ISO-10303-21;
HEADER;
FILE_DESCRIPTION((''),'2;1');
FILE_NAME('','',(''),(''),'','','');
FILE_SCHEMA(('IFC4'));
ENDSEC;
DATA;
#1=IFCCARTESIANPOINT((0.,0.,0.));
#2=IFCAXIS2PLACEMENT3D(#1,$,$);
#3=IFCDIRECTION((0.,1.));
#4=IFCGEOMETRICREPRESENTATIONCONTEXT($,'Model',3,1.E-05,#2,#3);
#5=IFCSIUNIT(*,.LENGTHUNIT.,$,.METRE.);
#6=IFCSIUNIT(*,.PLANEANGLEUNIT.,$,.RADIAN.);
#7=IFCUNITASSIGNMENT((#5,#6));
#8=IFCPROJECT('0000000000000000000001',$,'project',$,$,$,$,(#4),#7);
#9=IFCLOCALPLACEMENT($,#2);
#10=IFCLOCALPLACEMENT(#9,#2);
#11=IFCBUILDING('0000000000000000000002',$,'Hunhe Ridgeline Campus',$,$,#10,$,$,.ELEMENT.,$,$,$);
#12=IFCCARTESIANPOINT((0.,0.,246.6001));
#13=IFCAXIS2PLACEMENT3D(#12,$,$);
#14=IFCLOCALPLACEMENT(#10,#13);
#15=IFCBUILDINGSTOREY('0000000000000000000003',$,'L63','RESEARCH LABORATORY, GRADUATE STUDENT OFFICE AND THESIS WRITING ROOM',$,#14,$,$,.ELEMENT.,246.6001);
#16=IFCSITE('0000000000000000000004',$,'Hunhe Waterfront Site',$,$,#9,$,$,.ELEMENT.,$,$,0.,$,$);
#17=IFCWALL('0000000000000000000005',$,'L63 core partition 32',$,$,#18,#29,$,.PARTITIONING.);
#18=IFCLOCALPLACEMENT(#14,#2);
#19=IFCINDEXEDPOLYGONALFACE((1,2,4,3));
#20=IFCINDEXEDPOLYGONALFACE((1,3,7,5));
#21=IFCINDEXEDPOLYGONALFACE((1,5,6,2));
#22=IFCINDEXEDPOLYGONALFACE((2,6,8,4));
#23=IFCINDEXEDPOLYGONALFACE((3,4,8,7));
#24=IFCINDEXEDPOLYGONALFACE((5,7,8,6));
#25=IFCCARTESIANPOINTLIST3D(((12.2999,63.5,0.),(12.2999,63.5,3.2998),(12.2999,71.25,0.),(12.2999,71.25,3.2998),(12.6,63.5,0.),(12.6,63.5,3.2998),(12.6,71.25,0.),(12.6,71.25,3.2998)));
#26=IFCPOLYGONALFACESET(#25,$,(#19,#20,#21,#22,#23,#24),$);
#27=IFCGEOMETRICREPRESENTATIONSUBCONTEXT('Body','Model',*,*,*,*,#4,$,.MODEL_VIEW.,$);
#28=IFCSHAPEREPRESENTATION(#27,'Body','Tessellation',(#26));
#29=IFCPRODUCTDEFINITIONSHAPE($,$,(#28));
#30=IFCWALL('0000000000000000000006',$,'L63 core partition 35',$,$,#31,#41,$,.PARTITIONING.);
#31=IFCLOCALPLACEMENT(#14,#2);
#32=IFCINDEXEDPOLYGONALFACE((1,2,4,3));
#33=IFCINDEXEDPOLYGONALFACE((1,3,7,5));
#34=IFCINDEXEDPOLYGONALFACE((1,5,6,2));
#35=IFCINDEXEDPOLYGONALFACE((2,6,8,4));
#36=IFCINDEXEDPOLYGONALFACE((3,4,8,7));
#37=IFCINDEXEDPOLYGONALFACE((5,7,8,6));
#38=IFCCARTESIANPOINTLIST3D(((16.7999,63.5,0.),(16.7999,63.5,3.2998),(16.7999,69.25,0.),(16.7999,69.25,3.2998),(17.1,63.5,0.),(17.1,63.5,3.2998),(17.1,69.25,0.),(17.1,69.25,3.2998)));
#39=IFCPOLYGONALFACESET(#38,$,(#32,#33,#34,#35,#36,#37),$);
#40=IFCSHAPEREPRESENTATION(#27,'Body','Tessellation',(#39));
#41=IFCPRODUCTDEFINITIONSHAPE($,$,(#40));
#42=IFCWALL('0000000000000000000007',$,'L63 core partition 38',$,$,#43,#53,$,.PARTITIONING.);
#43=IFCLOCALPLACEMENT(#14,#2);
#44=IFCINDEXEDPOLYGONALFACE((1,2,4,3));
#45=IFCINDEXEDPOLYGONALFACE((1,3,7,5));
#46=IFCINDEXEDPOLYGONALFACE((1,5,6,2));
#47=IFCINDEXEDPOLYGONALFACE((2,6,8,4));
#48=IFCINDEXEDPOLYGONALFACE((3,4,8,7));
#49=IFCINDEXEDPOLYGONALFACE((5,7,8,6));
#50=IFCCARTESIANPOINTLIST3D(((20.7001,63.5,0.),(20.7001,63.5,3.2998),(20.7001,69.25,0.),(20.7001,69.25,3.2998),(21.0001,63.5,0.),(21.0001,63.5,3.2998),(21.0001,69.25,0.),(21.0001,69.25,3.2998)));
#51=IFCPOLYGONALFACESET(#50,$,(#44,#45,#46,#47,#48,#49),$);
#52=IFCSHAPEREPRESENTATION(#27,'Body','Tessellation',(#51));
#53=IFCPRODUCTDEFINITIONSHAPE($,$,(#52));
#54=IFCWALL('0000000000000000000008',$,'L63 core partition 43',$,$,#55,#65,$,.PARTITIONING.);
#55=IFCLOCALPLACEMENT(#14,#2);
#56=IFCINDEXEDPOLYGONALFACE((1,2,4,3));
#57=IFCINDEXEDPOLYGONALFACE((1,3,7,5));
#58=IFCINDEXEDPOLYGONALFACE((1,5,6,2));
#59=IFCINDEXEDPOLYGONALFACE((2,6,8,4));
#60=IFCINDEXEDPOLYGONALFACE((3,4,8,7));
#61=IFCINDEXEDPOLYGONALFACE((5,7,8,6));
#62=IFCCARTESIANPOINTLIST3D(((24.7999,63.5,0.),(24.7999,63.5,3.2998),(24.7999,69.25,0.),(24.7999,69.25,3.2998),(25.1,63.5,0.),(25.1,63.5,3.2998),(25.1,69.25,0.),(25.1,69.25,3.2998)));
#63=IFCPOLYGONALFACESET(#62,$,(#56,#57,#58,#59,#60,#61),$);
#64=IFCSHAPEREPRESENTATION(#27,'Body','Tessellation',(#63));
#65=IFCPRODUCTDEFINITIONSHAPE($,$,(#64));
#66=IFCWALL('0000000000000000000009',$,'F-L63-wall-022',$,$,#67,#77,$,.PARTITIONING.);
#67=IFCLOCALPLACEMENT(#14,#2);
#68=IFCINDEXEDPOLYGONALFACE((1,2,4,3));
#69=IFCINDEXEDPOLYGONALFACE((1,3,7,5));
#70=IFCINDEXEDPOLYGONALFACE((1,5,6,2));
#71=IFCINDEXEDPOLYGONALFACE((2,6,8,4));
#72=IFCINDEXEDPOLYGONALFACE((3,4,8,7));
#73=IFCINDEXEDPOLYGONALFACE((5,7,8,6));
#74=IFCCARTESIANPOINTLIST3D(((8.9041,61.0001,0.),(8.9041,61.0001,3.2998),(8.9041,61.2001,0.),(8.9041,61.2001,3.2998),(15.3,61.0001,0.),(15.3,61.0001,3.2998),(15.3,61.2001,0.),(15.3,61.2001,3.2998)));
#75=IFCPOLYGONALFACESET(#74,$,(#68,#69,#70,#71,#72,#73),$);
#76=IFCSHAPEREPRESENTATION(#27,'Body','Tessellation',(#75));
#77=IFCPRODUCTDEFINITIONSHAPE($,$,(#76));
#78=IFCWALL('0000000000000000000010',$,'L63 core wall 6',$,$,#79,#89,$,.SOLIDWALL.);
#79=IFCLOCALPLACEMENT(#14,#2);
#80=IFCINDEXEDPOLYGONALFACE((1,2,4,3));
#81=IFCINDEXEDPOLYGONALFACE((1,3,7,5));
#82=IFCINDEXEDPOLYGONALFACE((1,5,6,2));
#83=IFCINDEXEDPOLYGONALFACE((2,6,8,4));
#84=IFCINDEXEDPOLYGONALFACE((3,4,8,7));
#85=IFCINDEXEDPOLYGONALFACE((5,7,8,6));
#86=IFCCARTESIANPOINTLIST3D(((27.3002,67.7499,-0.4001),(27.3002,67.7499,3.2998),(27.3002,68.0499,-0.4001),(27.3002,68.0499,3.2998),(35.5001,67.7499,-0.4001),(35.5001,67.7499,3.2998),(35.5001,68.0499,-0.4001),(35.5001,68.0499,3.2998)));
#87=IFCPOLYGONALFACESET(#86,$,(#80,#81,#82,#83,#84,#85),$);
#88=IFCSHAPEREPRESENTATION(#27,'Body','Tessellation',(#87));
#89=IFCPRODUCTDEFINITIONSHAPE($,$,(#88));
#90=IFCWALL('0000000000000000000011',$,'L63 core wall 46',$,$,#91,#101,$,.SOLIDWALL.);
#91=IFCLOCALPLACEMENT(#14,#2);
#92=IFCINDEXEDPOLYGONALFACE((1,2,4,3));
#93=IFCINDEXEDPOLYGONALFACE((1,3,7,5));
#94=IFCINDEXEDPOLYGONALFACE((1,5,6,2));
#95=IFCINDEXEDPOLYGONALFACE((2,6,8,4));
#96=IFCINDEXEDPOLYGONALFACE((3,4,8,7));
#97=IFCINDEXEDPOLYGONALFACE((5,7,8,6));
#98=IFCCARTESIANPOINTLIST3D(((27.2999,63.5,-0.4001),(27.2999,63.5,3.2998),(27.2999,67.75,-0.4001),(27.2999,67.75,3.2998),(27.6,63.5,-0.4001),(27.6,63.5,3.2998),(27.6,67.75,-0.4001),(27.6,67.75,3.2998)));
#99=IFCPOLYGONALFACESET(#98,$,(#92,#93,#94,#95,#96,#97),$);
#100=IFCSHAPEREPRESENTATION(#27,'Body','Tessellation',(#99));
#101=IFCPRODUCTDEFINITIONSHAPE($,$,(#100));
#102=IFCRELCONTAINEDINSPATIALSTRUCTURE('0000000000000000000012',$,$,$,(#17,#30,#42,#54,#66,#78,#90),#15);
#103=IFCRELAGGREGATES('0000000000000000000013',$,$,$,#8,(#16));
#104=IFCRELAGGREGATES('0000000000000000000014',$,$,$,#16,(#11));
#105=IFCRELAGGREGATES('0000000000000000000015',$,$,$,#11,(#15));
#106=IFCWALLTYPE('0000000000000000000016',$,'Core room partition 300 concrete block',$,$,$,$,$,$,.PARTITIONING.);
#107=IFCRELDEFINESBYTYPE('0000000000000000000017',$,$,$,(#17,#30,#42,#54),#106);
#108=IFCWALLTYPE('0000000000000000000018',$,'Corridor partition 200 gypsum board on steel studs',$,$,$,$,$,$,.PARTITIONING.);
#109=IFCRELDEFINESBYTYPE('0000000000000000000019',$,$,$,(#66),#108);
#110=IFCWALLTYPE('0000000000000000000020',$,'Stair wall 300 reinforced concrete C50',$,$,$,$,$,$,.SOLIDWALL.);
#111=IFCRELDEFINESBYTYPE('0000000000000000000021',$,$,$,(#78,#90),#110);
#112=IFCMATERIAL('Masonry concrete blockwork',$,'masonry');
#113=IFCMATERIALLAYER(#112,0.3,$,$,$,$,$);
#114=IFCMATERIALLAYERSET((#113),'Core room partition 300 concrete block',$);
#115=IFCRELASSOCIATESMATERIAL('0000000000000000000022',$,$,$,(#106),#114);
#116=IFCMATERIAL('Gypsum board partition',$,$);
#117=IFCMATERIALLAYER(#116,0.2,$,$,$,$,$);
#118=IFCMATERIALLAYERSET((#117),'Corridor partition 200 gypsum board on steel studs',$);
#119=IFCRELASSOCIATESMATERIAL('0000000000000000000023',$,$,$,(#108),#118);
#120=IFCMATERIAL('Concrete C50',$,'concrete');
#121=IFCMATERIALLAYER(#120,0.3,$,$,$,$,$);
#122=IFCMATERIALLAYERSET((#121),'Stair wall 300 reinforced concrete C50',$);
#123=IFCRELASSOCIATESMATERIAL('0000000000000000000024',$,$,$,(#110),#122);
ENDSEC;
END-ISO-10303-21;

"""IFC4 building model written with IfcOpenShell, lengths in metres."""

from ifc_helpers import new_model, si_unit, direction, frame, frame_2d, origin, place, context, subcontext, project, spatial, rectangle, extrude, material, layer, layer_set, type_object, element, save


model = new_model("IFC4")

# Units and contexts
model_context = context("Model", 3, precision=1e-05, world=origin(), true_north=direction((0.0, 1.0)))
body_context = subcontext(model_context, "Body", "Model", "MODEL_VIEW")
ifc_project = project(units=[si_unit("LENGTHUNIT", "METRE"), si_unit("PLANEANGLEUNIT", "RADIAN")], contexts=[model_context])

# Site, building, storey
site_placement = place(None, origin())
site = spatial("IfcSite", under=ifc_project, at=site_placement, Name="Hunhe Waterfront Site", CompositionType="ELEMENT", RefElevation=0.0)
building_placement = place(site_placement, origin())
building = spatial("IfcBuilding", under=site, at=building_placement, Name="Hunhe Ridgeline Campus", CompositionType="ELEMENT")
storey_placement = place(building_placement, frame((0.0, 0.0, 246.6001)))
storey = spatial("IfcBuildingStorey", under=building, at=storey_placement, Name="L63", Description="RESEARCH LABORATORY, GRADUATE STUDENT OFFICE AND THESIS WRITING ROOM", CompositionType="ELEMENT", Elevation=246.6001)

# Shared definitions
ifc_material_1 = material(Name="Masonry concrete blockwork", Category="masonry")
ifc_layer_1 = layer(ifc_material_1, 0.3)
ifc_layer_set_1 = layer_set([ifc_layer_1], Name="Core room partition 300 concrete block")
wall_type_1 = type_object("IfcWallType", Name="Core room partition 300 concrete block", PredefinedType="PARTITIONING", material=ifc_layer_set_1)

# Walls
wall_1_placement = place(storey_placement, frame((12.45, 63.5, 0.0), z_axis=(0.0, 0.0, 1.0), x_axis=(0.0, 1.0, 0.0)))
element("IfcWall", 1, at=wall_1_placement, inside=storey, type_object=wall_type_1, Name="L63 core partition 32", PredefinedType="PARTITIONING", context=body_context, shape_type="SweptSolid", body=[
    extrude(rectangle(XDim=7.75, YDim=0.3, at=frame_2d((3.875, 0.0))), origin(), (0.0, 0.0, 1.0), 3.2998),
])
for number, where, z_axis, x_axis, name in (
    (2, (16.95, 63.5, 0.0), (0.0, 0.0, 1.0), (0.0, 1.0, 0.0), "L63 core partition 35"),
    (3, (20.8501, 63.5, 0.0), (0.0, 0.0, 1.0), (0.0, 1.0, 0.0), "L63 core partition 38"),
    (4, (24.95, 63.5, 0.0), (0.0, 0.0, 1.0), (0.0, 1.0, 0.0), "L63 core partition 43"),
):
    element("IfcWall", number, at=place(storey_placement, frame(where, z_axis=z_axis, x_axis=x_axis)), inside=storey, type_object=wall_type_1, Name=name, PredefinedType="PARTITIONING", context=body_context, shape_type="SweptSolid", body=[
        extrude(rectangle(XDim=5.75, YDim=0.3, at=frame_2d((2.875, 0.0))), origin(), (0.0, 0.0, 1.0), 3.2998),
    ])
ifc_material_2 = material(Name="Gypsum board partition")
ifc_layer_2 = layer(ifc_material_2, 0.2)
ifc_layer_set_2 = layer_set([ifc_layer_2], Name="Corridor partition 200 gypsum board on steel studs")
wall_type_2 = type_object("IfcWallType", Name="Corridor partition 200 gypsum board on steel studs", PredefinedType="PARTITIONING", material=ifc_layer_set_2)
wall_2_placement = place(storey_placement, frame((15.3, 61.1001, 0.0), z_axis=(0.0, 0.0, 1.0), x_axis=(-1.0, 0.0, 0.0)))
element("IfcWall", 5, at=wall_2_placement, inside=storey, type_object=wall_type_2, Name="F-L63-wall-022", PredefinedType="PARTITIONING", context=body_context, shape_type="SweptSolid", body=[
    extrude(rectangle(XDim=6.396, YDim=0.2, at=frame_2d((3.198, 0.0))), origin(), (0.0, 0.0, 1.0), 3.2998),
])

# Walls
ifc_material_3 = material(Name="Concrete C50", Category="concrete")
ifc_layer_3 = layer(ifc_material_3, 0.3)
ifc_layer_set_3 = layer_set([ifc_layer_3], Name="Stair wall 300 reinforced concrete C50")
wall_type_3 = type_object("IfcWallType", Name="Stair wall 300 reinforced concrete C50", PredefinedType="SOLIDWALL", material=ifc_layer_set_3)
wall_3_placement = place(storey_placement, frame((27.3, 67.8999, -0.4001), z_axis=(0.0, 0.0, 1.0), x_axis=(1.0, 0.0, 0.0)))
element("IfcWall", 6, at=wall_3_placement, inside=storey, type_object=wall_type_3, Name="L63 core wall 6", PredefinedType="SOLIDWALL", context=body_context, shape_type="SweptSolid", body=[
    extrude(rectangle(XDim=8.2, YDim=0.3, at=frame_2d((4.1001, 0.0))), origin(), (0.0, 0.0, 1.0), 3.7),
])
wall_4_placement = place(storey_placement, frame((27.45, 63.5, -0.4001), z_axis=(0.0, 0.0, 1.0), x_axis=(0.0, 1.0, 0.0)))
element("IfcWall", 7, at=wall_4_placement, inside=storey, type_object=wall_type_3, Name="L63 core wall 46", PredefinedType="SOLIDWALL", context=body_context, shape_type="SweptSolid", body=[
    extrude(rectangle(XDim=4.25, YDim=0.3, at=frame_2d((2.125, 0.0))), origin(), (0.0, 0.0, 1.0), 3.7),
])

save(model, "model.ifc")
